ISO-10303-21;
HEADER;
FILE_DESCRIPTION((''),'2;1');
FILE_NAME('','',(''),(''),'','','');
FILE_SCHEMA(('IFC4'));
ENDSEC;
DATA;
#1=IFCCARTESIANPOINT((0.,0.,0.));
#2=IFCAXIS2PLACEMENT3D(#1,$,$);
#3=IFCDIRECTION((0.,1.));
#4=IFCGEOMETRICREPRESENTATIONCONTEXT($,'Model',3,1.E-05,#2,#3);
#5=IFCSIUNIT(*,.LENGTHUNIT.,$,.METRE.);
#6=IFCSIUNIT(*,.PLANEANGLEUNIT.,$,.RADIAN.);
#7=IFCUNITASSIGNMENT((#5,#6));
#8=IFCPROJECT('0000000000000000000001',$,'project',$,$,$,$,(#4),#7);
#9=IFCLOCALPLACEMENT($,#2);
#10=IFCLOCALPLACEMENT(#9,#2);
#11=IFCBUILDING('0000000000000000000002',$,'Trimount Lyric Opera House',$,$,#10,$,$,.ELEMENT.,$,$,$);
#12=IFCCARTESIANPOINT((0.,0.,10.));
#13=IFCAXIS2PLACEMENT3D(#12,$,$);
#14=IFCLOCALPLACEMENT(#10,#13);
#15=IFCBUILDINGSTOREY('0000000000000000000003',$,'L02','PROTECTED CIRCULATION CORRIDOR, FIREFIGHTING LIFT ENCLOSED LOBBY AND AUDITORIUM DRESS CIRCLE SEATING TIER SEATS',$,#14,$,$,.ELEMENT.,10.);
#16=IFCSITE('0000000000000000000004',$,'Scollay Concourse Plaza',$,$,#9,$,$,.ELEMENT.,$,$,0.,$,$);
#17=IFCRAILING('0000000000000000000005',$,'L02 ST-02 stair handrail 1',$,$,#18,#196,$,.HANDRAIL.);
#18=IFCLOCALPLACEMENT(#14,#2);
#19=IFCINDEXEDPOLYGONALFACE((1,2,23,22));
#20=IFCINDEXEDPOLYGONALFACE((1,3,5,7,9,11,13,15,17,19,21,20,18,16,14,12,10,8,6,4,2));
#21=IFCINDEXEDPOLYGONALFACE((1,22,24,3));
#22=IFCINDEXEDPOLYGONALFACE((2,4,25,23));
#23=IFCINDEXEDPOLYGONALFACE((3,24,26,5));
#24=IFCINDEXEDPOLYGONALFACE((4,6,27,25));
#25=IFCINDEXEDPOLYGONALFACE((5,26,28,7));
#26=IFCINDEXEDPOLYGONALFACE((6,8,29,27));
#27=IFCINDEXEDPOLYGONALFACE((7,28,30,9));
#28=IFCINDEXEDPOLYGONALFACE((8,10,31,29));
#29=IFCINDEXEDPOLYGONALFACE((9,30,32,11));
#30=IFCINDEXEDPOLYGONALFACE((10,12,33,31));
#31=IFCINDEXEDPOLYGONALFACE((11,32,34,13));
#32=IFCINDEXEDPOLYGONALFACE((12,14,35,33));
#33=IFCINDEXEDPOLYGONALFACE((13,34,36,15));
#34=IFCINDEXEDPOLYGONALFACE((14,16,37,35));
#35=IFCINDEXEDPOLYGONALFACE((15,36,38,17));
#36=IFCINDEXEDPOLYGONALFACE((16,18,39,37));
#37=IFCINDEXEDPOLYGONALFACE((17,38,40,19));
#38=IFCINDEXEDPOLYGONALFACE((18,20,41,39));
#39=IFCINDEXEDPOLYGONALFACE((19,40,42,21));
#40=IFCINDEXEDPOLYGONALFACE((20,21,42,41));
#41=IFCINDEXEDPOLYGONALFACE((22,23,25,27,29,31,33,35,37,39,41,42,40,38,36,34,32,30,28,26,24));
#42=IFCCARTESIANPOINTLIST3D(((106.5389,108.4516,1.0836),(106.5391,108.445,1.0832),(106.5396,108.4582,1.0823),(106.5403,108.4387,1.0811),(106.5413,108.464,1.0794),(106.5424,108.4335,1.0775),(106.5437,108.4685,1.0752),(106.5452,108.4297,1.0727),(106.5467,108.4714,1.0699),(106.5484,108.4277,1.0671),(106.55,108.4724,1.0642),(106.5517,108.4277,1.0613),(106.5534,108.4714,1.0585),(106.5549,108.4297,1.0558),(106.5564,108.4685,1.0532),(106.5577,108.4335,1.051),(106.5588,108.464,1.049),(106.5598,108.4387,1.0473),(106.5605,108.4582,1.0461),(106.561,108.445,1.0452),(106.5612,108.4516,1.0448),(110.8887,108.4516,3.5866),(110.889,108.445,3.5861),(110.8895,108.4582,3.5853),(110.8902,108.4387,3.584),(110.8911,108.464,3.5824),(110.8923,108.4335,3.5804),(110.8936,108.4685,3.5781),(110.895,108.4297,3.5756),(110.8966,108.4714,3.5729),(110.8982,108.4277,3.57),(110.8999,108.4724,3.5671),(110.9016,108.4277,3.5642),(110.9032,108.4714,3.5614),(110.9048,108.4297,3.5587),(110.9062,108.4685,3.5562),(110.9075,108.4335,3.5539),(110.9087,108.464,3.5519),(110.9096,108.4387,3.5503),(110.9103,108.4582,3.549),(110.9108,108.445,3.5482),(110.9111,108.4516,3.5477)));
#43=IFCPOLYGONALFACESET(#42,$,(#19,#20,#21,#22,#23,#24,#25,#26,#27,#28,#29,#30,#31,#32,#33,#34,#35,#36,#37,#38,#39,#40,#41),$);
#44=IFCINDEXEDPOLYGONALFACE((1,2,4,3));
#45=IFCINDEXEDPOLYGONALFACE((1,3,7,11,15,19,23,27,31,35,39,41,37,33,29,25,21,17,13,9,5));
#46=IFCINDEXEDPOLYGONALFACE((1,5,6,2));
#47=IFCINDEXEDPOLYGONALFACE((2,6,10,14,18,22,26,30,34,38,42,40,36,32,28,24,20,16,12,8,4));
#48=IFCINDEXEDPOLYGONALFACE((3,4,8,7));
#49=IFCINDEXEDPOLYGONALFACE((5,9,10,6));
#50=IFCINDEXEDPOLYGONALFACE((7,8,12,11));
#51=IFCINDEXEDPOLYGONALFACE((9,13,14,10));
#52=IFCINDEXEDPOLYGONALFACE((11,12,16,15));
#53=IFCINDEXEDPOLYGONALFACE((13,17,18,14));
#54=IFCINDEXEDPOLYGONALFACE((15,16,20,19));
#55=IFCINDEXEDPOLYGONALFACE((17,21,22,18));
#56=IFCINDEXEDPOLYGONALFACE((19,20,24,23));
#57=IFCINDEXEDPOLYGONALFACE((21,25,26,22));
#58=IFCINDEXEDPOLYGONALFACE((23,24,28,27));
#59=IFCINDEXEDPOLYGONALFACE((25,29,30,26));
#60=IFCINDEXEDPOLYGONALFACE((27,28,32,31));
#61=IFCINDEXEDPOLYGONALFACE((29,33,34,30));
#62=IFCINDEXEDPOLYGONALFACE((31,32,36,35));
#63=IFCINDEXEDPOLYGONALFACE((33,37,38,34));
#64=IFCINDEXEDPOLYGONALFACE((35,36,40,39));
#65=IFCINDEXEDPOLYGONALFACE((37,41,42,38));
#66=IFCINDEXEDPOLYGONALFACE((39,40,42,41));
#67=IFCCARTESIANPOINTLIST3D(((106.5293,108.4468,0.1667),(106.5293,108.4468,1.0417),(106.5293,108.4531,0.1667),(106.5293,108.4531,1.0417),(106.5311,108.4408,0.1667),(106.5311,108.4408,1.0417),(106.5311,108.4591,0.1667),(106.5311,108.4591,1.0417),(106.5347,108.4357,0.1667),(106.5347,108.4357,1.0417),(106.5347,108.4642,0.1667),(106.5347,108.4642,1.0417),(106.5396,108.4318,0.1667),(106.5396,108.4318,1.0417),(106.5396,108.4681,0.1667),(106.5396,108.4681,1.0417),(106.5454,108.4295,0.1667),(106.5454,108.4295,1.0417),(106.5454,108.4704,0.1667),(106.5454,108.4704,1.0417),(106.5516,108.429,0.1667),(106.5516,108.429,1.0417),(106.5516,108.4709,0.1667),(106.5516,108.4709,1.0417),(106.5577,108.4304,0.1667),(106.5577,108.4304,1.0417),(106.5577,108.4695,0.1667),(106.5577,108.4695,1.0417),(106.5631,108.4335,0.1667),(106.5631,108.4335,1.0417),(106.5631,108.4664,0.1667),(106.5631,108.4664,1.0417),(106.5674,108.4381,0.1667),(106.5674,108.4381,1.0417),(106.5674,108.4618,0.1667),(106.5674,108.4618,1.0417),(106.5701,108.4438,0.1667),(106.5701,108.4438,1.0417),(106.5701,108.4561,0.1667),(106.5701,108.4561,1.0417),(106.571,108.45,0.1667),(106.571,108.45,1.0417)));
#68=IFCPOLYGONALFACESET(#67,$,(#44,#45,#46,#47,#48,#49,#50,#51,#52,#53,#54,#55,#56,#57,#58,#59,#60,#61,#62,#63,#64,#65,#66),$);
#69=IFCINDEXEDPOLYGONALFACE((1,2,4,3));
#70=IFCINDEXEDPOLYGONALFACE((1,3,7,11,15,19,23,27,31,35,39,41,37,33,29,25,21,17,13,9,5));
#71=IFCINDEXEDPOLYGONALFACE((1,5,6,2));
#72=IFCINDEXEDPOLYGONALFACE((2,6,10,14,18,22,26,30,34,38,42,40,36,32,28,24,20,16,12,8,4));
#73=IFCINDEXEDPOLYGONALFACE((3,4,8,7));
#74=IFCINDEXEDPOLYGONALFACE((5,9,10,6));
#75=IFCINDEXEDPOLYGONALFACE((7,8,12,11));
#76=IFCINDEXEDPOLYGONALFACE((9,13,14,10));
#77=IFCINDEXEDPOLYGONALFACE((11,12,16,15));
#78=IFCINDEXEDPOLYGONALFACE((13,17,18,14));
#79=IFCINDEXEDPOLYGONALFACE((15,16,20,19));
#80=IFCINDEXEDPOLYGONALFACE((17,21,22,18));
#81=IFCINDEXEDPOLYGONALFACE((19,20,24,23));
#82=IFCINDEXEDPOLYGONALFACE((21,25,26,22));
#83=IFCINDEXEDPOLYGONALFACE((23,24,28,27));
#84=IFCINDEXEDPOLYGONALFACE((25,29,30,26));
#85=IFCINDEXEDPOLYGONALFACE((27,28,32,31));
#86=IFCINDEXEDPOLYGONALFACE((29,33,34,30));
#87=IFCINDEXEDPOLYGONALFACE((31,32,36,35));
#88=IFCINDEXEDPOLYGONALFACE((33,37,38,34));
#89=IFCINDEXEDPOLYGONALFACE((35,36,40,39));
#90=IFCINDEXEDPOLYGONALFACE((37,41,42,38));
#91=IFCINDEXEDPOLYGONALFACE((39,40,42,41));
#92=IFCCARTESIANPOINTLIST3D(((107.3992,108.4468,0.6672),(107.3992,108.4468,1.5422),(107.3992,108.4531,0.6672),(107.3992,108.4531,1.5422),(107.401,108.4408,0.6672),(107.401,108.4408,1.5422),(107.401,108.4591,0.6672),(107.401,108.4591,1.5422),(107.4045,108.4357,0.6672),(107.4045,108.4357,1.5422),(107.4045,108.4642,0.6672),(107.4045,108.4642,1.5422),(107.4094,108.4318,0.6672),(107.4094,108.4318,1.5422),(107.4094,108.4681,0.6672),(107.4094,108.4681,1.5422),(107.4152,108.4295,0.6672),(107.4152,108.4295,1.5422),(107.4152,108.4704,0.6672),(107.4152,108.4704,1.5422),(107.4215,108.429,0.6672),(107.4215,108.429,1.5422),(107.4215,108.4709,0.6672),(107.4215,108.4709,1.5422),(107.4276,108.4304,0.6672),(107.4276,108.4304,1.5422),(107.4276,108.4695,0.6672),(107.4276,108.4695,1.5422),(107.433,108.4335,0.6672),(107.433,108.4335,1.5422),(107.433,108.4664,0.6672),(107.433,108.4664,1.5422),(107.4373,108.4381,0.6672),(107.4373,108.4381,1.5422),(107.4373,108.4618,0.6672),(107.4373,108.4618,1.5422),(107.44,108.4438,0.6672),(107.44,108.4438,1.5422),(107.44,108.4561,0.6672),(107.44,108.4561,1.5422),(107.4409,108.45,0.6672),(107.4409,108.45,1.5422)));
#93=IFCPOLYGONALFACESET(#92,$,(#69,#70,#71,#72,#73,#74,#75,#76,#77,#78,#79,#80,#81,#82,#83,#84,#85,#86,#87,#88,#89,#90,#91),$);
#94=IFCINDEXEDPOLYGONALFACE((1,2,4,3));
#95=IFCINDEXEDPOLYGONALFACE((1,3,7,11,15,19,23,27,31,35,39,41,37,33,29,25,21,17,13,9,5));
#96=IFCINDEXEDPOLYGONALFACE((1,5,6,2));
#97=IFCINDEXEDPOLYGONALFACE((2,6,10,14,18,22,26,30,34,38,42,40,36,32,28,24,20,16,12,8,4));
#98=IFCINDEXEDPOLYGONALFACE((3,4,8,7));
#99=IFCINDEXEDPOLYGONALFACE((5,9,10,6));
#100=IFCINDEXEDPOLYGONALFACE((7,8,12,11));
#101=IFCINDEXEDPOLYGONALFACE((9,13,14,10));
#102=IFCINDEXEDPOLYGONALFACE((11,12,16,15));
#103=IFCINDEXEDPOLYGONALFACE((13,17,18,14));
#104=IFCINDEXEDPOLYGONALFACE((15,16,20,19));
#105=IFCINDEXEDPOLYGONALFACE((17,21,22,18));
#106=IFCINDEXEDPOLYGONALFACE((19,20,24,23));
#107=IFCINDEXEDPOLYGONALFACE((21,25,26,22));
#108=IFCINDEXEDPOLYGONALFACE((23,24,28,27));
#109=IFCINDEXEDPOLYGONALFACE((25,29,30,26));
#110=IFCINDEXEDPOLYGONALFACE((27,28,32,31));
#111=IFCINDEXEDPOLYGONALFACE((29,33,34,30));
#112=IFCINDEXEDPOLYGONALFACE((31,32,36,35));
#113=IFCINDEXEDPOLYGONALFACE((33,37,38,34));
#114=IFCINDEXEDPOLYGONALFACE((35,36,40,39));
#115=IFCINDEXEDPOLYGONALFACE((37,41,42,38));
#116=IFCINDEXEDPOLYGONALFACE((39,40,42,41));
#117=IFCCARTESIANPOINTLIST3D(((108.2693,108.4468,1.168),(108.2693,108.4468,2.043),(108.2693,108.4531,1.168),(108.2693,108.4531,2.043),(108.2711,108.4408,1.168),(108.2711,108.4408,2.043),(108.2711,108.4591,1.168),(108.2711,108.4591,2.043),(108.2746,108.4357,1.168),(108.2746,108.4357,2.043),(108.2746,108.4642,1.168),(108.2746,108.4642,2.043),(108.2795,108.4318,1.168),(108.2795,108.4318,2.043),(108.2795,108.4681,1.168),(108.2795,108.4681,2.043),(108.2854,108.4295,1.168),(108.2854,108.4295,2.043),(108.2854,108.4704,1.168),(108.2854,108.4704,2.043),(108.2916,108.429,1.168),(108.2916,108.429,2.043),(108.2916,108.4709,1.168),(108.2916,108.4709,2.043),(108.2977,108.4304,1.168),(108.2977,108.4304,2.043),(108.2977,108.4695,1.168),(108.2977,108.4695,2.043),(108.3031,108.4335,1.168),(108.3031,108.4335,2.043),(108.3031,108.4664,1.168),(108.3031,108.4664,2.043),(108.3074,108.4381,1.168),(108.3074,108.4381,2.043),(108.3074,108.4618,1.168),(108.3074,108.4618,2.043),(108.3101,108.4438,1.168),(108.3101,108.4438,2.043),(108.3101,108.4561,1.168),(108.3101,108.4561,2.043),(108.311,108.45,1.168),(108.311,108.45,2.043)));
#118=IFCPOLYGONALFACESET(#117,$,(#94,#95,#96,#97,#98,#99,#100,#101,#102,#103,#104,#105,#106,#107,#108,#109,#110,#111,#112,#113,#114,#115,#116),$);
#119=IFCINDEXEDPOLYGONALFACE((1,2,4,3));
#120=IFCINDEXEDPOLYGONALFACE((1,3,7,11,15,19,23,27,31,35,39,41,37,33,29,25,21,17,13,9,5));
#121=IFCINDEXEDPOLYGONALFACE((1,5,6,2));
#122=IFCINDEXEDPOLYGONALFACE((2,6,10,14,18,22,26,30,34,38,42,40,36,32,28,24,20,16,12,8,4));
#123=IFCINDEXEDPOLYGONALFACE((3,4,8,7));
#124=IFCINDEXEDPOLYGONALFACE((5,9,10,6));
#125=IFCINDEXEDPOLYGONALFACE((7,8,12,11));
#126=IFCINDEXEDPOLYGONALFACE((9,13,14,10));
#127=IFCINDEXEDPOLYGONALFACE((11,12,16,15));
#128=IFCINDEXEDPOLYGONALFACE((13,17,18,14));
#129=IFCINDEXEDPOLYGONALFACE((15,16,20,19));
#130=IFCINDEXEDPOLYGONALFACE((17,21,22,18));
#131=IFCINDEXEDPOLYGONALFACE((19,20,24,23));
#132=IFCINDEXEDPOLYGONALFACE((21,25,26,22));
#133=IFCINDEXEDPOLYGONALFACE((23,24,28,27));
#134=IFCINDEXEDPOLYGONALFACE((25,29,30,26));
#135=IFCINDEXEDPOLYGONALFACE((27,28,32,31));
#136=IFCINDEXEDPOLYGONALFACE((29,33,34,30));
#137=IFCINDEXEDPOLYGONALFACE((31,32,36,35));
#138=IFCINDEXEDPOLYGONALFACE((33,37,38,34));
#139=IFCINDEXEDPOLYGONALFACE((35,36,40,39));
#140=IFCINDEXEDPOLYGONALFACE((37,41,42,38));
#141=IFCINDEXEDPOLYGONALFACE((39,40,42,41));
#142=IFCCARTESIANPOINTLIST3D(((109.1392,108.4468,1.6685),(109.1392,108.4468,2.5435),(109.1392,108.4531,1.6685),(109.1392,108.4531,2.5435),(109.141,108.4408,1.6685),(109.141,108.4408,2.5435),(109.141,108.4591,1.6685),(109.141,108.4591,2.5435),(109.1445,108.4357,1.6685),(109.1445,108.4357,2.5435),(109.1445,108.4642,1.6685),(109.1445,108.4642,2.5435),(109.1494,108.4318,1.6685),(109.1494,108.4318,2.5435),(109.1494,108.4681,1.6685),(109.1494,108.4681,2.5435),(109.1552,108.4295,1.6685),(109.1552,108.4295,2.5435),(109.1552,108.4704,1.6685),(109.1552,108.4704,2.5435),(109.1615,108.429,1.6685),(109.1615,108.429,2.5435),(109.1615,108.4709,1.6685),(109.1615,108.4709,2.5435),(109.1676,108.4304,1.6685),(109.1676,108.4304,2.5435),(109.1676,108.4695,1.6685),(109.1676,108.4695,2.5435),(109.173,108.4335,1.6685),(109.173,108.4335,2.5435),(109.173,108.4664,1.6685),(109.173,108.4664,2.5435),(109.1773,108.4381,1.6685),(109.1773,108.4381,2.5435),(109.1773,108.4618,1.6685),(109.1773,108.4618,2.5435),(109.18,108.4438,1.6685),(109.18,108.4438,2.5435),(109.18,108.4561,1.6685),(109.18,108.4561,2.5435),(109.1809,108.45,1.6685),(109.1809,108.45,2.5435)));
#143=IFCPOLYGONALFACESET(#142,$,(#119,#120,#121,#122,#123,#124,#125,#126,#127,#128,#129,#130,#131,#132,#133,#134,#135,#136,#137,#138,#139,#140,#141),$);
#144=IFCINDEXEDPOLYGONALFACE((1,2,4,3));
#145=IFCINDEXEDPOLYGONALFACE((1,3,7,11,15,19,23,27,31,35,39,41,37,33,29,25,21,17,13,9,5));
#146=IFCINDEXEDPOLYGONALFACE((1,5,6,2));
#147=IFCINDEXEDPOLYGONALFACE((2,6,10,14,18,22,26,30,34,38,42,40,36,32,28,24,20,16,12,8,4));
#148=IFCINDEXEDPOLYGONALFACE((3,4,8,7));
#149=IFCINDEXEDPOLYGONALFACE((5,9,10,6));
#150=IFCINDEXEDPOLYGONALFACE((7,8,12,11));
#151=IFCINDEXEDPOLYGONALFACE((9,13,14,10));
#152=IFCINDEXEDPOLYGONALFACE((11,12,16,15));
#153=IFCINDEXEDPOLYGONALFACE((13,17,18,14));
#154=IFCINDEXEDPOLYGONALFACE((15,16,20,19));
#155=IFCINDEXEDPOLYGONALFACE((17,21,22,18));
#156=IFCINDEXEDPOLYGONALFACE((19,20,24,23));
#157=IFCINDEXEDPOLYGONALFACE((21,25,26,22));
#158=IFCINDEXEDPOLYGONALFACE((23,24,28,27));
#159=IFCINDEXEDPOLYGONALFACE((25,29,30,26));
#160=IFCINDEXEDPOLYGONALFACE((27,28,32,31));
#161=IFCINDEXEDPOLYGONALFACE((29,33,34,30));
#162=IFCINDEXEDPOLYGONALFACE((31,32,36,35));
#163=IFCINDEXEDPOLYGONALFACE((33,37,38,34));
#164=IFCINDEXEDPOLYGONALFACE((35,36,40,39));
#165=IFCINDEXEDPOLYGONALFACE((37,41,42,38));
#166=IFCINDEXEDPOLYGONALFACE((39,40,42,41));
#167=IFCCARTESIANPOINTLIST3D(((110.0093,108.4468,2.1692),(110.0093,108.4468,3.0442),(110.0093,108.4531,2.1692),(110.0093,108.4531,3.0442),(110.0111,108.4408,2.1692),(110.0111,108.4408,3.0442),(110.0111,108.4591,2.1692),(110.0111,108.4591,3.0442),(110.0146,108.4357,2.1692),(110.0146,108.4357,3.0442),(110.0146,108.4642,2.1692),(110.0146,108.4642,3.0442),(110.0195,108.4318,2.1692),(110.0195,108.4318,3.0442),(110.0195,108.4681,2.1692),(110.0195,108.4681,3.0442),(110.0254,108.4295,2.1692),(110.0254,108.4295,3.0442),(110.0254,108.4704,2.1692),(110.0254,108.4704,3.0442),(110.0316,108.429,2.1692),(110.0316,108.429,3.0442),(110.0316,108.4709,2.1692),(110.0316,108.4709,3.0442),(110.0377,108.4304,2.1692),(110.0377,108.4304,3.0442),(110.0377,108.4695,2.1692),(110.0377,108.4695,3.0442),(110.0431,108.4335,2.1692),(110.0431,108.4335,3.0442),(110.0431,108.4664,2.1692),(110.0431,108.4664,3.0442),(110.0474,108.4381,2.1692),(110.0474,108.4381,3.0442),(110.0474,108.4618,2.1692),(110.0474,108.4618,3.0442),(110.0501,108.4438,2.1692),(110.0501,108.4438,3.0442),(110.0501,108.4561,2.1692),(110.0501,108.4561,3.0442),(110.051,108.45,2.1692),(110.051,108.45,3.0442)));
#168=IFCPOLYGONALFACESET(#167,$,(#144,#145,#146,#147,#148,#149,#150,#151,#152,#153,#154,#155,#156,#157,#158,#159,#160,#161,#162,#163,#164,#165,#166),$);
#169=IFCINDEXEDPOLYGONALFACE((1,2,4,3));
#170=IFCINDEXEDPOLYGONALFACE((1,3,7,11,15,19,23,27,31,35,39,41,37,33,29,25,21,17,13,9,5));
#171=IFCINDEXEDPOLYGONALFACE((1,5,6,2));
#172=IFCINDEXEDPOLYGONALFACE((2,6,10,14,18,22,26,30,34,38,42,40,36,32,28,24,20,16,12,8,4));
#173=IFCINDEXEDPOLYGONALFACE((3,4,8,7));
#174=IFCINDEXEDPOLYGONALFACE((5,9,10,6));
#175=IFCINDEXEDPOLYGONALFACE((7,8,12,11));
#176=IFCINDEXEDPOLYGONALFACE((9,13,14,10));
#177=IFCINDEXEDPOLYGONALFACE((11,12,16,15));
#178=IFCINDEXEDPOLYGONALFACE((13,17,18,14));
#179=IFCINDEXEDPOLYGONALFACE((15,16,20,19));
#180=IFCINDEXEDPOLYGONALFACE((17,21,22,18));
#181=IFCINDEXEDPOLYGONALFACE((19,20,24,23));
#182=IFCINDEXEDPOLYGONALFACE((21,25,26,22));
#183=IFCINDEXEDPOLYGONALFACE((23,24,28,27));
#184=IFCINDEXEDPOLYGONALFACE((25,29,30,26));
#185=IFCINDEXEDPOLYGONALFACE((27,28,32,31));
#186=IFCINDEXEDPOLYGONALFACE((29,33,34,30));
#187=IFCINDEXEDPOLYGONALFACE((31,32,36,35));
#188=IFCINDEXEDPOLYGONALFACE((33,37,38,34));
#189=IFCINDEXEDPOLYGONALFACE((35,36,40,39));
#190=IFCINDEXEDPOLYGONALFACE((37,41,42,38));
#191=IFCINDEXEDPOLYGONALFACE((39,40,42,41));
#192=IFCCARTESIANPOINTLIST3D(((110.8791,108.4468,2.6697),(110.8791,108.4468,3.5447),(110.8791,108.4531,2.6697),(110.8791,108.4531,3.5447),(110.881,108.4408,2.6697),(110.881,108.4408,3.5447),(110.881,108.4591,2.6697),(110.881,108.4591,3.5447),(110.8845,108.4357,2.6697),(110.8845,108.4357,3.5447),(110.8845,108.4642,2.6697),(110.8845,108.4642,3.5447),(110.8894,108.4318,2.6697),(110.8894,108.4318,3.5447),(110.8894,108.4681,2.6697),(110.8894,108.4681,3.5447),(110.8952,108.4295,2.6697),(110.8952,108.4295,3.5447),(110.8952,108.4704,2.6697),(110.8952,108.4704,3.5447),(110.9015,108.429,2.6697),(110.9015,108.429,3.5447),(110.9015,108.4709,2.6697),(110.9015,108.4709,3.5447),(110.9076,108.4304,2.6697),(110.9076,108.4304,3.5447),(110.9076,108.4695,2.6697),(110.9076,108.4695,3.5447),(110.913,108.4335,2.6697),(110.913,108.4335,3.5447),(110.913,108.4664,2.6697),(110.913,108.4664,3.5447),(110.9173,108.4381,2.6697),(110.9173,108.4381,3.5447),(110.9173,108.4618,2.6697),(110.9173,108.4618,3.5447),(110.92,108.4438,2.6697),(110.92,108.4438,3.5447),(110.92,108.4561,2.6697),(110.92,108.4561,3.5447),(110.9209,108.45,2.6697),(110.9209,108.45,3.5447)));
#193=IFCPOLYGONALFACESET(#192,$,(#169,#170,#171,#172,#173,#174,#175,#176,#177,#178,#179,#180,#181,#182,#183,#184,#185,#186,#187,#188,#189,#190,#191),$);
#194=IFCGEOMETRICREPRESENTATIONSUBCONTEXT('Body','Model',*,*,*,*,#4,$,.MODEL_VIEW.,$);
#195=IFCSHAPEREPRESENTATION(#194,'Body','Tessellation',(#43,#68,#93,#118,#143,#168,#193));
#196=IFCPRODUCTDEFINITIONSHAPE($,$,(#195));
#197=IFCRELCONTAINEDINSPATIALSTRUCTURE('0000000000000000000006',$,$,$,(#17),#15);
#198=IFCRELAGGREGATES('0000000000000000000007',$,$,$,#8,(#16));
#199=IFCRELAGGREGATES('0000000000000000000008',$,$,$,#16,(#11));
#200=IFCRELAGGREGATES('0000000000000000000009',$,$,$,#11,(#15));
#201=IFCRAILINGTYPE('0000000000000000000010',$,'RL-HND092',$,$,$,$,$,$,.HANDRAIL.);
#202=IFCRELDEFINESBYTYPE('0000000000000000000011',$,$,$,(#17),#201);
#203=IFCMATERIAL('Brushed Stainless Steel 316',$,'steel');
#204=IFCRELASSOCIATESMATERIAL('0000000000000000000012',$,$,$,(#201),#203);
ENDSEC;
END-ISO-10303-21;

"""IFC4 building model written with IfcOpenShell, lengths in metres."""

from ifc_helpers import new_model, si_unit, direction, frame, origin, origin_2d, place, context, subcontext, project, spatial, circle, extrude, material, type_object, element, save


model = new_model("IFC4")

# Units and contexts
model_context = context("Model", 3, precision=1e-05, world=origin(), true_north=direction((0.0, 1.0)))
body_context = subcontext(model_context, "Body", "Model", "MODEL_VIEW")
ifc_project = project(units=[si_unit("LENGTHUNIT", "METRE"), si_unit("PLANEANGLEUNIT", "RADIAN")], contexts=[model_context])

# Site, building, storey
site_placement = place(None, origin())
site = spatial("IfcSite", under=ifc_project, at=site_placement, Name="Scollay Concourse Plaza", CompositionType="ELEMENT", RefElevation=0.0)
building_placement = place(site_placement, origin())
building = spatial("IfcBuilding", under=site, at=building_placement, Name="Trimount Lyric Opera House", CompositionType="ELEMENT")
storey_placement = place(building_placement, frame((0.0, 0.0, 10.0)))
storey = spatial("IfcBuildingStorey", under=building, at=storey_placement, Name="L02", Description="PROTECTED CIRCULATION CORRIDOR, FIREFIGHTING LIFT ENCLOSED LOBBY AND AUDITORIUM DRESS CIRCLE SEATING TIER SEATS", CompositionType="ELEMENT", Elevation=10.0)

# Railing
ifc_material_1 = material(Name="Brushed Stainless Steel 316", Category="steel")
railing_type_1 = type_object("IfcRailingType", Name="RL-HND092", PredefinedType="HANDRAIL", material=ifc_material_1)
railing_1_placement = place(storey_placement, frame((106.55, 108.45, 0.1667)))
element("IfcRailing", 1, at=railing_1_placement, inside=storey, type_object=railing_type_1, Name="L02 ST-02 stair handrail 1", PredefinedType="HANDRAIL", context=body_context, shape_type="SweptSolid", body=[
    extrude(circle(Radius=0.0225, at=origin_2d()), frame((0.0, 0.0, 0.8975), z_axis=(0.866754, 0.0, 0.498735), x_axis=(0.0, 1.0, 0.0)), (0.0, 0.0, 1.0), 5.0186),
    extrude(circle(Radius=0.021, at=origin_2d()), origin(), (0.0, 0.0, 1.0), 0.875),
    extrude(circle(Radius=0.021, at=origin_2d()), frame((0.8699, 0.0, 0.5005)), (0.0, 0.0, 1.0), 0.875),
    extrude(circle(Radius=0.021, at=origin_2d()), frame((1.74, 0.0, 1.0012)), (0.0, 0.0, 1.0), 0.875),
    extrude(circle(Radius=0.021, at=origin_2d()), frame((2.6099, 0.0, 1.5017)), (0.0, 0.0, 1.0), 0.875),
    extrude(circle(Radius=0.021, at=origin_2d()), frame((3.48, 0.0, 2.0024)), (0.0, 0.0, 1.0), 0.875),
    extrude(circle(Radius=0.021, at=origin_2d()), frame((4.3499, 0.0, 2.5029)), (0.0, 0.0, 1.0), 0.875),
])

save(model, "model.ifc")
